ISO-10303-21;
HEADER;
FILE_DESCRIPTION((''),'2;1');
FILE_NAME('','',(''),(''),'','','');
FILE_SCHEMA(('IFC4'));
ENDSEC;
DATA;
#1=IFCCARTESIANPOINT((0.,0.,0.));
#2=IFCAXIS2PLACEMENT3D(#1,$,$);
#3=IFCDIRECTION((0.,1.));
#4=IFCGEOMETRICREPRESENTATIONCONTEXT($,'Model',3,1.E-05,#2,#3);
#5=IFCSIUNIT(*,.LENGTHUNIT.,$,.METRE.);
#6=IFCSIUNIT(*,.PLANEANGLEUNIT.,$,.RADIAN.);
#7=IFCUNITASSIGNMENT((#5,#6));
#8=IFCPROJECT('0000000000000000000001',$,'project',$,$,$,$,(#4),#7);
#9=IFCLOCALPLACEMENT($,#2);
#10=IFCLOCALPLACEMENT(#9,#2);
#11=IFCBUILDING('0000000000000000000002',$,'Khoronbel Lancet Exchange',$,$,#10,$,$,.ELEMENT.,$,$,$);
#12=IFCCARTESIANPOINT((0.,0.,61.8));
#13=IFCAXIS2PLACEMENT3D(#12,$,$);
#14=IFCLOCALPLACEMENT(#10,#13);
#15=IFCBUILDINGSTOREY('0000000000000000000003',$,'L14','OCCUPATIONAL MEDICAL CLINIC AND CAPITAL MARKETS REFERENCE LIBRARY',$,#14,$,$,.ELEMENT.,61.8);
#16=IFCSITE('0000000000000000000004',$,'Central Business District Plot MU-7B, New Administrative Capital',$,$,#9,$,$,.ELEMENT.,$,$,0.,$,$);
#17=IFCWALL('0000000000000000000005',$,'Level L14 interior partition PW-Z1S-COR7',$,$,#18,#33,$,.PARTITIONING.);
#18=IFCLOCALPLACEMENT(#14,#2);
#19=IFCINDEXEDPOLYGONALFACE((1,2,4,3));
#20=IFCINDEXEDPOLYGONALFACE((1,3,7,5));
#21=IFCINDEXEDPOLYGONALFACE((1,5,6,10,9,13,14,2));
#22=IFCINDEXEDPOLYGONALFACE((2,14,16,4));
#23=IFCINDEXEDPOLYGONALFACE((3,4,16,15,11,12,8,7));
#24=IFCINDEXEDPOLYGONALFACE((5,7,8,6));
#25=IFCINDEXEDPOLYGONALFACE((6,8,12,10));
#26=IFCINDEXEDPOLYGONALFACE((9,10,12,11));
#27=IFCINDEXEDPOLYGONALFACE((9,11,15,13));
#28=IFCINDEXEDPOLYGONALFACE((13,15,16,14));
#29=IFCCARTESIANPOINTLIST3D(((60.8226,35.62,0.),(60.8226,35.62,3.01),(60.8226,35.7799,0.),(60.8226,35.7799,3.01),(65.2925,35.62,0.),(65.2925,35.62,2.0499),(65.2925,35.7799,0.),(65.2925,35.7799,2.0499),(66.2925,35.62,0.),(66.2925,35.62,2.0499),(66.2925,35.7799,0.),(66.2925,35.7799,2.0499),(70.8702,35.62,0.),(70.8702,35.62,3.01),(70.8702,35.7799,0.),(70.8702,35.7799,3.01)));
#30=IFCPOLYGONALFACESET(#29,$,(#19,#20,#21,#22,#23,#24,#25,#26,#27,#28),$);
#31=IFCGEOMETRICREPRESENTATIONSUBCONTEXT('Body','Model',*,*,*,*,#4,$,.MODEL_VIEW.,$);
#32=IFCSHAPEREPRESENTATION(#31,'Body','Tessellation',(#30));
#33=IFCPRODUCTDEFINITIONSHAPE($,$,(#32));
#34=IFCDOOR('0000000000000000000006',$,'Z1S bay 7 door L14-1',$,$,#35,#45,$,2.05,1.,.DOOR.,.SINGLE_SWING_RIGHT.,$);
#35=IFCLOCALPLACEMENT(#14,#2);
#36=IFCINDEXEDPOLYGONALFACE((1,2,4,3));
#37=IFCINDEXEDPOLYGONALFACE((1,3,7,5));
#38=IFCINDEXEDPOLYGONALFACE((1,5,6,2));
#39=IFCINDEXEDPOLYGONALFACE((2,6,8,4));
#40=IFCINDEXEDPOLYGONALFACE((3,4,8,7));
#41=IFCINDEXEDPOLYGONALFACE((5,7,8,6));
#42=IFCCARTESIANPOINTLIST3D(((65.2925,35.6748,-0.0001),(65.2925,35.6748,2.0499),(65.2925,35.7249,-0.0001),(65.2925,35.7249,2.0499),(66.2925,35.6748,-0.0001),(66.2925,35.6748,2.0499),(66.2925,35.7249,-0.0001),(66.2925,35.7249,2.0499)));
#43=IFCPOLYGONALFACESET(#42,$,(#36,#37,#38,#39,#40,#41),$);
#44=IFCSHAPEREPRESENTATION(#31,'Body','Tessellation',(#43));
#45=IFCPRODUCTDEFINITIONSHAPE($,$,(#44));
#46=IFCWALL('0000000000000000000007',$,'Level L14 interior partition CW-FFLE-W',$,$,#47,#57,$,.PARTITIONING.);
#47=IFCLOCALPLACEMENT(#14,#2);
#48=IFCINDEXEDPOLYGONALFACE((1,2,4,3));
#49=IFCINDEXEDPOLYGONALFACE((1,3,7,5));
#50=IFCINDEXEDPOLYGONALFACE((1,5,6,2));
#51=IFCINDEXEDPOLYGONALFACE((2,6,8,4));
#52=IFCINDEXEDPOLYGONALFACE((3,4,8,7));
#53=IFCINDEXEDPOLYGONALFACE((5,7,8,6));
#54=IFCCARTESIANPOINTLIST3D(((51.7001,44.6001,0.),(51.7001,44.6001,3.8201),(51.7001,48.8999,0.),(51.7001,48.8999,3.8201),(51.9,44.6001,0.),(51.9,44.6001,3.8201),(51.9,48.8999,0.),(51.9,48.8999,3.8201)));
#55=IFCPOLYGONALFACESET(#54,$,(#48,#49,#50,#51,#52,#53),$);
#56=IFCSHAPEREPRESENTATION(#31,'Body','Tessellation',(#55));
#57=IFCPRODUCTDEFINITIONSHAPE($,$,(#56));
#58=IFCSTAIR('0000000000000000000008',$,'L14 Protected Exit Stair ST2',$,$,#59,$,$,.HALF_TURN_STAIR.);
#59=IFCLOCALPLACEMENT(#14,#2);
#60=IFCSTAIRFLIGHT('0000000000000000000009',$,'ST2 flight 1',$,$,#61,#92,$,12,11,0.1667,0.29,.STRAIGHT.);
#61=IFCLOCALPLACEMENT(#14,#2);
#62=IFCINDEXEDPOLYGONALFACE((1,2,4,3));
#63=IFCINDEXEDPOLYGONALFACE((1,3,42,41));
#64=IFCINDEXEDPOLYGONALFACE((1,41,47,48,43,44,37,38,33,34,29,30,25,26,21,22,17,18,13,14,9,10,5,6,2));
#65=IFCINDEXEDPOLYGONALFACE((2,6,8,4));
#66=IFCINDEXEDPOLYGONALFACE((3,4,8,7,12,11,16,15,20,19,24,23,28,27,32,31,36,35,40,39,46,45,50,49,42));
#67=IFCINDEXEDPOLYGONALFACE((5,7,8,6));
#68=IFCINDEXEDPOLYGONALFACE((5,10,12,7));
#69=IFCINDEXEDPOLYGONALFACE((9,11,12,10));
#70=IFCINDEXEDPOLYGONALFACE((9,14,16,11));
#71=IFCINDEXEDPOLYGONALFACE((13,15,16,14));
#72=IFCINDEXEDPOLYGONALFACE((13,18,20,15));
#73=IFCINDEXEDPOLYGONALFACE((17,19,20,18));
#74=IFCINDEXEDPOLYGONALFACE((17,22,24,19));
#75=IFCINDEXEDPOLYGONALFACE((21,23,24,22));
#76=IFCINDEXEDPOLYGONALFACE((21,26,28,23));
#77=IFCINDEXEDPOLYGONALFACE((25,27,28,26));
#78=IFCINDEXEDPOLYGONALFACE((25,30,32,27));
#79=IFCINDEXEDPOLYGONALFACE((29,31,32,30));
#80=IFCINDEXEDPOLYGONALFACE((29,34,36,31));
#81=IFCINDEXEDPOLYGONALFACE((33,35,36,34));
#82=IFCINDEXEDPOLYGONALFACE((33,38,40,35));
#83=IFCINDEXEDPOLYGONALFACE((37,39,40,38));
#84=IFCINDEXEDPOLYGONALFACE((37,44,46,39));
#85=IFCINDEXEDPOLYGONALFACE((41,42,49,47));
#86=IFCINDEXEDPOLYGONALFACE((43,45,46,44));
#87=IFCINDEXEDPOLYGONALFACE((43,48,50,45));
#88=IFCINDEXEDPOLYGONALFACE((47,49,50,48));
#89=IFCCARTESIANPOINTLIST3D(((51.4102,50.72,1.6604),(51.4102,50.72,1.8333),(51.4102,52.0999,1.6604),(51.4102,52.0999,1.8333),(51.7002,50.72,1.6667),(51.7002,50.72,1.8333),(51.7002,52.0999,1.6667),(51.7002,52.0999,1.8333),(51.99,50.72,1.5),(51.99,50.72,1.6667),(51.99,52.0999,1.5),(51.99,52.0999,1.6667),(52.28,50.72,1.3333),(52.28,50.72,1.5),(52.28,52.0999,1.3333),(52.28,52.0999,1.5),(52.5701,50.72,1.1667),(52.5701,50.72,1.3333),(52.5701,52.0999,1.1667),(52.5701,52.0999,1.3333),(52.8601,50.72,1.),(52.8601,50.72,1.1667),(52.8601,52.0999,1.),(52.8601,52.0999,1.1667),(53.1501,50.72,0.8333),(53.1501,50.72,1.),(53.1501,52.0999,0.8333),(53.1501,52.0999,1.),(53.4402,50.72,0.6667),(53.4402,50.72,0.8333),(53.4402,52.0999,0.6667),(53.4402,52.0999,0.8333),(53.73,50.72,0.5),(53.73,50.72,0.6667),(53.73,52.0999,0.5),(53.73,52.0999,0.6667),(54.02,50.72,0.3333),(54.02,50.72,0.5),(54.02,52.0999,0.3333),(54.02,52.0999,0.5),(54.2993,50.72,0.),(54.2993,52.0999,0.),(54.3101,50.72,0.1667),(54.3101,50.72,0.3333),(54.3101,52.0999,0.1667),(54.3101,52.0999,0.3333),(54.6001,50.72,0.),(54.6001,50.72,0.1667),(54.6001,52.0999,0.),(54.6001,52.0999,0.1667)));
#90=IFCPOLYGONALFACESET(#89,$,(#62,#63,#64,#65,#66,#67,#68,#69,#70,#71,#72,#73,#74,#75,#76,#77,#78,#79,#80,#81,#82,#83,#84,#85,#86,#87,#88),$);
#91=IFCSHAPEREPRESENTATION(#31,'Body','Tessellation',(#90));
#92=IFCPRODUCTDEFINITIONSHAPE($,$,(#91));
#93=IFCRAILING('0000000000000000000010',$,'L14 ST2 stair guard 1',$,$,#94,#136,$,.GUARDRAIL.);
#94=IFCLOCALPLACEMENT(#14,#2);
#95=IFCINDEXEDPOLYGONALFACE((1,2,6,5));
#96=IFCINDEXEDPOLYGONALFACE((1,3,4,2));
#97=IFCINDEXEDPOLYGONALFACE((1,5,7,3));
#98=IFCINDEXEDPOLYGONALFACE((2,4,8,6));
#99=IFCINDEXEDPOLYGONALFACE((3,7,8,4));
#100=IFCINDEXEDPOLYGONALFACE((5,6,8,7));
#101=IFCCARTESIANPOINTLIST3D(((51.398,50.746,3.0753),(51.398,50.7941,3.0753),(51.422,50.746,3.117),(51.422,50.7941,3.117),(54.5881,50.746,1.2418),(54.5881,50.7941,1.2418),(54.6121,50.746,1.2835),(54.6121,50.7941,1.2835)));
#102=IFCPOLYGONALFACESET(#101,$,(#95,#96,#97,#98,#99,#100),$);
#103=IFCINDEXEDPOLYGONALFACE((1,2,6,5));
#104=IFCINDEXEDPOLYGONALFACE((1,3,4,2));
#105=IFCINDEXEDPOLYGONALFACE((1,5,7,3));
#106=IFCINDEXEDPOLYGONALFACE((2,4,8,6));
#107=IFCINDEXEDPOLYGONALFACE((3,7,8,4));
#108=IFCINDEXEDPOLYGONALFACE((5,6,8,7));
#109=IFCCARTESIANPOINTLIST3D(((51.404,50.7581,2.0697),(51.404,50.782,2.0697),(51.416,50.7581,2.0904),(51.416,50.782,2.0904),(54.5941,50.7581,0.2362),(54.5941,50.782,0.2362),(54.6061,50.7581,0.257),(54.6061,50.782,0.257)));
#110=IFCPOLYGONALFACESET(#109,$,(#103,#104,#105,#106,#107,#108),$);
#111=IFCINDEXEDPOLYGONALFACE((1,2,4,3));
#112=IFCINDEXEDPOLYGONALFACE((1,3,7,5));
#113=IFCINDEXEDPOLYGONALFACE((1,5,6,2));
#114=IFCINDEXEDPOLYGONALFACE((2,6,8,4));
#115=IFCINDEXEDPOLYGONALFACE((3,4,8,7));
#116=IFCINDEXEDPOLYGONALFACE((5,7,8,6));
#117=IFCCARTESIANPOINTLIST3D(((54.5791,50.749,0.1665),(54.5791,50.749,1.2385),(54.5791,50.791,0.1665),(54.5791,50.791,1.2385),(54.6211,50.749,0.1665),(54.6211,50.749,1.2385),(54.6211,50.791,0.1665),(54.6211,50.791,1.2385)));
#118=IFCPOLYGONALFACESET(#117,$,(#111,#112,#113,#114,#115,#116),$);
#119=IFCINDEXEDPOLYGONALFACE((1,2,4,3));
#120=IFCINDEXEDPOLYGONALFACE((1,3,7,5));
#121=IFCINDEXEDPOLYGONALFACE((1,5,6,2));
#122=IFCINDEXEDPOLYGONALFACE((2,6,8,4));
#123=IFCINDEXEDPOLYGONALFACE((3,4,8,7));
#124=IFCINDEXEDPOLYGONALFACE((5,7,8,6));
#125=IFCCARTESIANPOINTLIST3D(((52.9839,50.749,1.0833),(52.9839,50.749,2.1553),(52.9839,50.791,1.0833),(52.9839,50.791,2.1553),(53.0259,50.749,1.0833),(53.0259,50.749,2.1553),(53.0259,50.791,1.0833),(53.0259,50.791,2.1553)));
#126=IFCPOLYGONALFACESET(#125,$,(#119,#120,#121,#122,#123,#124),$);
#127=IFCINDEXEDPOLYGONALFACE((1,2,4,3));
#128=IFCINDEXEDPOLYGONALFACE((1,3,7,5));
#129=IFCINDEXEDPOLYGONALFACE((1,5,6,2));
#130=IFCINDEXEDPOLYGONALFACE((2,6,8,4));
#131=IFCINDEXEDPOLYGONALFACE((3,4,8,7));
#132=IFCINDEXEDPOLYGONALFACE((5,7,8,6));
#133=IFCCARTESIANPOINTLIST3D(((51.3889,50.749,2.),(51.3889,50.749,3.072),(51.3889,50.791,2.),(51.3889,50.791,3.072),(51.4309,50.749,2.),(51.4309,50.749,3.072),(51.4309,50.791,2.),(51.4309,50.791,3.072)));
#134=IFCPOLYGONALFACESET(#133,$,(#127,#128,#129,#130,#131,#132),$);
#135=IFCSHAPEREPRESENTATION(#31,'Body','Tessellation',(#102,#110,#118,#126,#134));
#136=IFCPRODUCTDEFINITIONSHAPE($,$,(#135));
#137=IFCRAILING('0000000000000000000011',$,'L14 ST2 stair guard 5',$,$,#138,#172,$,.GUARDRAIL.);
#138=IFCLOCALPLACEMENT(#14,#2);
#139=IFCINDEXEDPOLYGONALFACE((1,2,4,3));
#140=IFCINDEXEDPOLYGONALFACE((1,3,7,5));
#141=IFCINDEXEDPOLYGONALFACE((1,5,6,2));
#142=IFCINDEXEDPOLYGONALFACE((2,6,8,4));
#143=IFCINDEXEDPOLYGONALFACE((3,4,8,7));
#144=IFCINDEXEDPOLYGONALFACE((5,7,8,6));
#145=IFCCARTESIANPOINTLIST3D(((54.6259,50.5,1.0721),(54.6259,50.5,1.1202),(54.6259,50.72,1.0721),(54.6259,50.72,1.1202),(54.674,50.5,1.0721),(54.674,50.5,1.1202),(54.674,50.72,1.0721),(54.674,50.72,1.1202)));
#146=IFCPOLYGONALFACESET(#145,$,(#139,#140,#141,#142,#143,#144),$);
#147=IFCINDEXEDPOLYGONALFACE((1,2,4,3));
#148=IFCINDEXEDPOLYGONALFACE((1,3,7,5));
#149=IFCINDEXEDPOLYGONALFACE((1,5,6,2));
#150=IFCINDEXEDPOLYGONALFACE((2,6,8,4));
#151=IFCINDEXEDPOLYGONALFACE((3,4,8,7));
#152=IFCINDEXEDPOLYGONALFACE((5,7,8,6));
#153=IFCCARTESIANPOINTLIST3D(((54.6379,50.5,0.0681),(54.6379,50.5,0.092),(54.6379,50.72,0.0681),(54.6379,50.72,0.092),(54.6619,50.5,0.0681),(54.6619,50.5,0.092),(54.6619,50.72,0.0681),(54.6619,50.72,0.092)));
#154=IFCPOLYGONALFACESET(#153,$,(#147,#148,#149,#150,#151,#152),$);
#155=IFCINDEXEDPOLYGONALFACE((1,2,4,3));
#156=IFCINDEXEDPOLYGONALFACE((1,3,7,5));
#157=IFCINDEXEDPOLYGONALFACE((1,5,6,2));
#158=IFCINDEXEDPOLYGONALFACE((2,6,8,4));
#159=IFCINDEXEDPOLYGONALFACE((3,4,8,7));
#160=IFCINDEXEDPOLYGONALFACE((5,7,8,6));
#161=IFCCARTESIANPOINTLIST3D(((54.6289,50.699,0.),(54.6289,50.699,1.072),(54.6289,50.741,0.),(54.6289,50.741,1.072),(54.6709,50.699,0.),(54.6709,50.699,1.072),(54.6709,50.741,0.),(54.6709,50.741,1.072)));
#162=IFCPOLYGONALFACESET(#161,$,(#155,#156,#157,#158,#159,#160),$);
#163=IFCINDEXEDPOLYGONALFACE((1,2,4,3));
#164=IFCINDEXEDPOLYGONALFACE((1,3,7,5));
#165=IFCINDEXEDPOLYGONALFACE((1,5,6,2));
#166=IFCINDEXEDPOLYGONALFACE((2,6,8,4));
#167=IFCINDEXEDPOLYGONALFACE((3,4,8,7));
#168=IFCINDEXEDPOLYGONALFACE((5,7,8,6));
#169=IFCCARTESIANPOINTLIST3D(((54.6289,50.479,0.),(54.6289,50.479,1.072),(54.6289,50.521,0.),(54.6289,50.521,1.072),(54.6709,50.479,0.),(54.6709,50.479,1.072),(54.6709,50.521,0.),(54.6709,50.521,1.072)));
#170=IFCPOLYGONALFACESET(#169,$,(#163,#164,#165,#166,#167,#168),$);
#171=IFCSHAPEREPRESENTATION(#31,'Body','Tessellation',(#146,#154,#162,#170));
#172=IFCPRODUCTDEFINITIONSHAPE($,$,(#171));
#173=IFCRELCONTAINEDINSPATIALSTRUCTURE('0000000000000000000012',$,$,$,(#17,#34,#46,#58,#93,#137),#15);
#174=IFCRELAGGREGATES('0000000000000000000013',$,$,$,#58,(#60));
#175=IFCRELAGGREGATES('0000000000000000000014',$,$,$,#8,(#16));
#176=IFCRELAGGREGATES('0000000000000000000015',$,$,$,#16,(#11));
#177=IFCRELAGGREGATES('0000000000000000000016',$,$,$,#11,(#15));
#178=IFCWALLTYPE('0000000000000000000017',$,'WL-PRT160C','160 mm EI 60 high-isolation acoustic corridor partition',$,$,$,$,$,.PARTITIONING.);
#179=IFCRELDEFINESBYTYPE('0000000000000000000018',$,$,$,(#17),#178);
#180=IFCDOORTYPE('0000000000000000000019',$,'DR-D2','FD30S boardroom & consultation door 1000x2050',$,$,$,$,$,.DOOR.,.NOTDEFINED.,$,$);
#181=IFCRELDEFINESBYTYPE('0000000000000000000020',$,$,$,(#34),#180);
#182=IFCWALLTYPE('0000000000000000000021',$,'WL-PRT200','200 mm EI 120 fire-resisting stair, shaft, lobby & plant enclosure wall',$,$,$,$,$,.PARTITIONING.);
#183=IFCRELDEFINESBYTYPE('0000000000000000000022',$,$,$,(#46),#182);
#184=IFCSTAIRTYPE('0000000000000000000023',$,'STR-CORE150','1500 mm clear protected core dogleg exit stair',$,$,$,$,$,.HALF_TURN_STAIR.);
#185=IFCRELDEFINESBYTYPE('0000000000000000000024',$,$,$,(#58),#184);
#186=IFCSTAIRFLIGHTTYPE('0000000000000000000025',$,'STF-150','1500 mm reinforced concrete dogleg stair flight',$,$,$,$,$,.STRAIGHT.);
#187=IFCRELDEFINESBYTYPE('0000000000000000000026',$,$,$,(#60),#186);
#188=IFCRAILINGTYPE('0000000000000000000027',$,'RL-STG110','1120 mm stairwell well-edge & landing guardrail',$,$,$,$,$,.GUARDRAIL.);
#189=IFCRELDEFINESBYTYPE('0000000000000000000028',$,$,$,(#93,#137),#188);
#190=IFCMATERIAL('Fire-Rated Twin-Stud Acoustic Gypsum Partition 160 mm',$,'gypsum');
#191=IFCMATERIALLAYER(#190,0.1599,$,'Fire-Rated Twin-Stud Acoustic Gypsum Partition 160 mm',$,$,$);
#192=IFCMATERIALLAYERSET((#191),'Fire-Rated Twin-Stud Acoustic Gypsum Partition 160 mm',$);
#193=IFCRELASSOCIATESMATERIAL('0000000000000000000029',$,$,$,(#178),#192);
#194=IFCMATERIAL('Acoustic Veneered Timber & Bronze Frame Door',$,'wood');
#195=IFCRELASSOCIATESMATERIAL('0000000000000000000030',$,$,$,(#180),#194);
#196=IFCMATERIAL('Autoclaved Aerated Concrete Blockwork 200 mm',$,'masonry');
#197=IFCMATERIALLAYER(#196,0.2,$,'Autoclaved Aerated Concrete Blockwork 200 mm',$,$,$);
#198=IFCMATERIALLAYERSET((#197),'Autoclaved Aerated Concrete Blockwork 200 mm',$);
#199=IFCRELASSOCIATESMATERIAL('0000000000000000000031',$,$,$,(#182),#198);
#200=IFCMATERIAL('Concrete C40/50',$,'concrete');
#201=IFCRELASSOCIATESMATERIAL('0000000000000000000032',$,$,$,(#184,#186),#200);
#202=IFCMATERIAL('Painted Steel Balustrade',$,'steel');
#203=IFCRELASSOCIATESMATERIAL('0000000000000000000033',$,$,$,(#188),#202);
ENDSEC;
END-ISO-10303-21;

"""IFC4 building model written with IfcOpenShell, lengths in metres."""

from ifc_helpers import new_model, si_unit, direction, frame, frame_2d, origin, origin_2d, place, context, subcontext, project, spatial, polyline, rectangle, outline, extrude, material, layer, layer_set, type_object, element, fill, aggregate, save


model = new_model("IFC4")

# Units and contexts
model_context = context("Model", 3, precision=1e-05, world=origin(), true_north=direction((0.0, 1.0)))
body_context = subcontext(model_context, "Body", "Model", "MODEL_VIEW")
ifc_project = project(units=[si_unit("LENGTHUNIT", "METRE"), si_unit("PLANEANGLEUNIT", "RADIAN")], contexts=[model_context])

# Site, building, storey
site_placement = place(None, origin())
site = spatial("IfcSite", under=ifc_project, at=site_placement, Name="Central Business District Plot MU-7B, New Administrative Capital", CompositionType="ELEMENT", RefElevation=0.0)
building_placement = place(site_placement, origin())
building = spatial("IfcBuilding", under=site, at=building_placement, Name="Khoronbel Lancet Exchange", CompositionType="ELEMENT")
storey_placement = place(building_placement, frame((0.0, 0.0, 61.8)))
storey = spatial("IfcBuildingStorey", under=building, at=storey_placement, Name="L14", Description="OCCUPATIONAL MEDICAL CLINIC AND CAPITAL MARKETS REFERENCE LIBRARY", CompositionType="ELEMENT", Elevation=61.8)

# Wall, opening, door
ifc_material_1 = material(Name="Acoustic Veneered Timber & Bronze Frame Door", Category="wood")
ifc_material_2 = material(Name="Fire-Rated Twin-Stud Acoustic Gypsum Partition 160 mm", Category="gypsum")
ifc_layer_1 = layer(ifc_material_2, 0.1599, Name="Fire-Rated Twin-Stud Acoustic Gypsum Partition 160 mm")
ifc_layer_set_1 = layer_set([ifc_layer_1], Name="Fire-Rated Twin-Stud Acoustic Gypsum Partition 160 mm")
wall_type_1 = type_object("IfcWallType", Name="WL-PRT160C", Description="160 mm EI 60 high-isolation acoustic corridor partition", PredefinedType="PARTITIONING", material=ifc_layer_set_1)
wall_1_placement = place(storey_placement, frame((60.8225, 35.7, 0.0), z_axis=(0.0, 0.0, 1.0), x_axis=(1.0, 0.0, 0.0)))
wall_1 = element("IfcWall", 1, at=wall_1_placement, inside=storey, type_object=wall_type_1, Name="Level L14 interior partition PW-Z1S-COR7", PredefinedType="PARTITIONING", context=body_context, shape_type="SweptSolid", body=[
    extrude(rectangle(XDim=10.0476, YDim=0.1599, at=frame_2d((5.0239, 0.0))), origin(), (0.0, 0.0, 1.0), 3.01),
])
opening_1_placement = place(wall_1_placement, frame((4.47, 0.0, 0.0)))
opening_1 = element("IfcOpeningElement", 2, at=opening_1_placement, cuts=wall_1, PredefinedType="OPENING", context=body_context, shape_type="SweptSolid", body=[
    extrude(rectangle(XDim=1.0, YDim=2.05, at=frame_2d((0.5, 1.0249))), frame((0.0, 0.0898, 0.0), z_axis=(0.0, -1.0, 0.0), x_axis=(1.0, 0.0, 0.0)), (0.0, 0.0, 1.0), 0.1799),
])
door_type_1 = type_object("IfcDoorType", Name="DR-D2", Description="FD30S boardroom & consultation door 1000x2050", OperationType="NOTDEFINED", PredefinedType="DOOR", material=ifc_material_1)
door_1_placement = place(opening_1_placement, origin())
door_1 = element("IfcDoor", 3, at=door_1_placement, inside=storey, type_object=door_type_1, Name="Z1S bay 7 door L14-1", OperationType="SINGLE_SWING_RIGHT", OverallHeight=2.05, OverallWidth=1.0, PredefinedType="DOOR", context=body_context, shape_type="SweptSolid", body=[
    extrude(rectangle(XDim=1.0, YDim=2.05, at=frame_2d((0.5, 1.0249))), frame((0.0, 0.0249, 0.0), z_axis=(0.0, -1.0, 0.0), x_axis=(1.0, 0.0, 0.0)), (0.0, 0.0, 1.0), 0.05),
])
fill(opening_1, door_1)

# Wall
ifc_material_3 = material(Name="Autoclaved Aerated Concrete Blockwork 200 mm", Category="masonry")
ifc_layer_2 = layer(ifc_material_3, 0.2, Name="Autoclaved Aerated Concrete Blockwork 200 mm")
ifc_layer_set_2 = layer_set([ifc_layer_2], Name="Autoclaved Aerated Concrete Blockwork 200 mm")
wall_type_2 = type_object("IfcWallType", Name="WL-PRT200", Description="200 mm EI 120 fire-resisting stair, shaft, lobby & plant enclosure wall", PredefinedType="PARTITIONING", material=ifc_layer_set_2)
wall_2_placement = place(storey_placement, frame((51.8, 44.6001, 0.0), z_axis=(0.0, 0.0, 1.0), x_axis=(0.0, 1.0, 0.0)))
element("IfcWall", 4, at=wall_2_placement, inside=storey, type_object=wall_type_2, Name="Level L14 interior partition CW-FFLE-W", PredefinedType="PARTITIONING", context=body_context, shape_type="SweptSolid", body=[
    extrude(rectangle(XDim=4.2998, YDim=0.2, at=frame_2d((2.1499, 0.0))), origin(), (0.0, 0.0, 1.0), 3.8201),
])

# Stair, stair flight
ifc_material_4 = material(Name="Concrete C40/50", Category="concrete")
stair_type = type_object("IfcStairType", Name="STR-CORE150", Description="1500 mm clear protected core dogleg exit stair", PredefinedType="HALF_TURN_STAIR", material=ifc_material_4)
stair_placement = place(storey_placement, origin())
stair = element("IfcStair", 5, at=stair_placement, inside=storey, type_object=stair_type, Name="L14 Protected Exit Stair ST2", PredefinedType="HALF_TURN_STAIR")
stair_flight_type = type_object("IfcStairFlightType", Name="STF-150", Description="1500 mm reinforced concrete dogleg stair flight", PredefinedType="STRAIGHT", material=ifc_material_4)
stair_flight_placement = place(storey_placement, frame((54.6001, 51.4099, 0.0), z_axis=(0.0, 0.0, 1.0), x_axis=(-1.0, 0.0, 0.0)))
stair_flight = element("IfcStairFlight", 6, at=stair_flight_placement, type_object=stair_flight_type, Name="ST2 flight 1", NumberOfRisers=12, NumberOfTreads=11, PredefinedType="STRAIGHT", RiserHeight=0.1667, TreadLength=0.29, context=body_context, shape_type="SweptSolid", body=[
    extrude(outline(polyline([(0.0, 0.0), (0.0, 0.1667), (0.29, 0.1667), (0.29, 0.3333), (0.5801, 0.3333), (0.5801, 0.5), (0.8701, 0.5), (0.8701, 0.6667), (1.1599, 0.6667), (1.1599, 0.8333), (1.45, 0.8333), (1.45, 1.0), (1.74, 1.0), (1.74, 1.1667), (2.03, 1.1667), (2.03, 1.3333), (2.3201, 1.3333), (2.3201, 1.5), (2.6101, 1.5), (2.6101, 1.6667), (2.8999, 1.6667), (2.8999, 1.8333), (3.1899, 1.8333), (3.1899, 2.0), (3.1899, 1.6604), (0.3008, 0.0), (0.0, 0.0)])), frame((0.0, 0.6899, 0.0), z_axis=(0.0, -1.0, 0.0), x_axis=(1.0, 0.0, 0.0)), (0.0, 0.0, 1.0), 1.3799),
])
aggregate(stair, [stair_flight])

# Railings
ifc_material_5 = material(Name="Painted Steel Balustrade", Category="steel")
railing_type_1 = type_object("IfcRailingType", Name="RL-STG110", Description="1120 mm stairwell well-edge & landing guardrail", PredefinedType="GUARDRAIL", material=ifc_material_5)
railing_1_placement = place(storey_placement, frame((54.6001, 50.77, 0.1665)))
element("IfcRailing", 7, at=railing_1_placement, inside=storey, type_object=railing_type_1, Name="L14 ST2 stair guard 1", PredefinedType="GUARDRAIL", context=body_context, shape_type="SweptSolid", body=[
    extrude(rectangle(XDim=0.0481, YDim=0.0481, at=origin_2d()), frame((0.0, 0.0, 1.0962), z_axis=(-0.867007, 0.0, 0.498295), x_axis=(0.0, -1.0, 0.0)), (0.0, 0.0, 1.0), 3.6794),
    extrude(rectangle(XDim=0.0239, YDim=0.0239, at=origin_2d()), frame((0.0, 0.0, 0.0801), z_axis=(-0.867007, 0.0, 0.498295), x_axis=(0.0, -1.0, 0.0)), (0.0, 0.0, 1.0), 3.6794),
    extrude(rectangle(XDim=0.042, YDim=0.042, at=origin_2d()), origin(), (0.0, 0.0, 1.0), 1.072),
    extrude(rectangle(XDim=0.042, YDim=0.042, at=origin_2d()), frame((-1.5952, 0.0, 0.9167)), (0.0, 0.0, 1.0), 1.072),
    extrude(rectangle(XDim=0.042, YDim=0.042, at=origin_2d()), frame((-3.1902, 0.0, 1.8335)), (0.0, 0.0, 1.0), 1.072),
])
railing_2_placement = place(storey_placement, frame((54.6499, 50.72, 0.0)))
element("IfcRailing", 8, at=railing_2_placement, inside=storey, type_object=railing_type_1, Name="L14 ST2 stair guard 5", PredefinedType="GUARDRAIL", context=body_context, shape_type="SweptSolid", body=[
    extrude(rectangle(XDim=0.0481, YDim=0.0481, at=origin_2d()), frame((0.0, 0.0, 1.0962), z_axis=(0.0, -1.0, 0.0), x_axis=(1.0, 0.0, 0.0)), (0.0, 0.0, 1.0), 0.22),
    extrude(rectangle(XDim=0.0239, YDim=0.0239, at=origin_2d()), frame((0.0, 0.0, 0.0801), z_axis=(0.0, -1.0, 0.0), x_axis=(1.0, 0.0, 0.0)), (0.0, 0.0, 1.0), 0.22),
    extrude(rectangle(XDim=0.042, YDim=0.042, at=origin_2d()), origin(), (0.0, 0.0, 1.0), 1.072),
    extrude(rectangle(XDim=0.042, YDim=0.042, at=origin_2d()), frame((0.0, -0.22, 0.0)), (0.0, 0.0, 1.0), 1.072),
])

save(model, "model.ifc")
